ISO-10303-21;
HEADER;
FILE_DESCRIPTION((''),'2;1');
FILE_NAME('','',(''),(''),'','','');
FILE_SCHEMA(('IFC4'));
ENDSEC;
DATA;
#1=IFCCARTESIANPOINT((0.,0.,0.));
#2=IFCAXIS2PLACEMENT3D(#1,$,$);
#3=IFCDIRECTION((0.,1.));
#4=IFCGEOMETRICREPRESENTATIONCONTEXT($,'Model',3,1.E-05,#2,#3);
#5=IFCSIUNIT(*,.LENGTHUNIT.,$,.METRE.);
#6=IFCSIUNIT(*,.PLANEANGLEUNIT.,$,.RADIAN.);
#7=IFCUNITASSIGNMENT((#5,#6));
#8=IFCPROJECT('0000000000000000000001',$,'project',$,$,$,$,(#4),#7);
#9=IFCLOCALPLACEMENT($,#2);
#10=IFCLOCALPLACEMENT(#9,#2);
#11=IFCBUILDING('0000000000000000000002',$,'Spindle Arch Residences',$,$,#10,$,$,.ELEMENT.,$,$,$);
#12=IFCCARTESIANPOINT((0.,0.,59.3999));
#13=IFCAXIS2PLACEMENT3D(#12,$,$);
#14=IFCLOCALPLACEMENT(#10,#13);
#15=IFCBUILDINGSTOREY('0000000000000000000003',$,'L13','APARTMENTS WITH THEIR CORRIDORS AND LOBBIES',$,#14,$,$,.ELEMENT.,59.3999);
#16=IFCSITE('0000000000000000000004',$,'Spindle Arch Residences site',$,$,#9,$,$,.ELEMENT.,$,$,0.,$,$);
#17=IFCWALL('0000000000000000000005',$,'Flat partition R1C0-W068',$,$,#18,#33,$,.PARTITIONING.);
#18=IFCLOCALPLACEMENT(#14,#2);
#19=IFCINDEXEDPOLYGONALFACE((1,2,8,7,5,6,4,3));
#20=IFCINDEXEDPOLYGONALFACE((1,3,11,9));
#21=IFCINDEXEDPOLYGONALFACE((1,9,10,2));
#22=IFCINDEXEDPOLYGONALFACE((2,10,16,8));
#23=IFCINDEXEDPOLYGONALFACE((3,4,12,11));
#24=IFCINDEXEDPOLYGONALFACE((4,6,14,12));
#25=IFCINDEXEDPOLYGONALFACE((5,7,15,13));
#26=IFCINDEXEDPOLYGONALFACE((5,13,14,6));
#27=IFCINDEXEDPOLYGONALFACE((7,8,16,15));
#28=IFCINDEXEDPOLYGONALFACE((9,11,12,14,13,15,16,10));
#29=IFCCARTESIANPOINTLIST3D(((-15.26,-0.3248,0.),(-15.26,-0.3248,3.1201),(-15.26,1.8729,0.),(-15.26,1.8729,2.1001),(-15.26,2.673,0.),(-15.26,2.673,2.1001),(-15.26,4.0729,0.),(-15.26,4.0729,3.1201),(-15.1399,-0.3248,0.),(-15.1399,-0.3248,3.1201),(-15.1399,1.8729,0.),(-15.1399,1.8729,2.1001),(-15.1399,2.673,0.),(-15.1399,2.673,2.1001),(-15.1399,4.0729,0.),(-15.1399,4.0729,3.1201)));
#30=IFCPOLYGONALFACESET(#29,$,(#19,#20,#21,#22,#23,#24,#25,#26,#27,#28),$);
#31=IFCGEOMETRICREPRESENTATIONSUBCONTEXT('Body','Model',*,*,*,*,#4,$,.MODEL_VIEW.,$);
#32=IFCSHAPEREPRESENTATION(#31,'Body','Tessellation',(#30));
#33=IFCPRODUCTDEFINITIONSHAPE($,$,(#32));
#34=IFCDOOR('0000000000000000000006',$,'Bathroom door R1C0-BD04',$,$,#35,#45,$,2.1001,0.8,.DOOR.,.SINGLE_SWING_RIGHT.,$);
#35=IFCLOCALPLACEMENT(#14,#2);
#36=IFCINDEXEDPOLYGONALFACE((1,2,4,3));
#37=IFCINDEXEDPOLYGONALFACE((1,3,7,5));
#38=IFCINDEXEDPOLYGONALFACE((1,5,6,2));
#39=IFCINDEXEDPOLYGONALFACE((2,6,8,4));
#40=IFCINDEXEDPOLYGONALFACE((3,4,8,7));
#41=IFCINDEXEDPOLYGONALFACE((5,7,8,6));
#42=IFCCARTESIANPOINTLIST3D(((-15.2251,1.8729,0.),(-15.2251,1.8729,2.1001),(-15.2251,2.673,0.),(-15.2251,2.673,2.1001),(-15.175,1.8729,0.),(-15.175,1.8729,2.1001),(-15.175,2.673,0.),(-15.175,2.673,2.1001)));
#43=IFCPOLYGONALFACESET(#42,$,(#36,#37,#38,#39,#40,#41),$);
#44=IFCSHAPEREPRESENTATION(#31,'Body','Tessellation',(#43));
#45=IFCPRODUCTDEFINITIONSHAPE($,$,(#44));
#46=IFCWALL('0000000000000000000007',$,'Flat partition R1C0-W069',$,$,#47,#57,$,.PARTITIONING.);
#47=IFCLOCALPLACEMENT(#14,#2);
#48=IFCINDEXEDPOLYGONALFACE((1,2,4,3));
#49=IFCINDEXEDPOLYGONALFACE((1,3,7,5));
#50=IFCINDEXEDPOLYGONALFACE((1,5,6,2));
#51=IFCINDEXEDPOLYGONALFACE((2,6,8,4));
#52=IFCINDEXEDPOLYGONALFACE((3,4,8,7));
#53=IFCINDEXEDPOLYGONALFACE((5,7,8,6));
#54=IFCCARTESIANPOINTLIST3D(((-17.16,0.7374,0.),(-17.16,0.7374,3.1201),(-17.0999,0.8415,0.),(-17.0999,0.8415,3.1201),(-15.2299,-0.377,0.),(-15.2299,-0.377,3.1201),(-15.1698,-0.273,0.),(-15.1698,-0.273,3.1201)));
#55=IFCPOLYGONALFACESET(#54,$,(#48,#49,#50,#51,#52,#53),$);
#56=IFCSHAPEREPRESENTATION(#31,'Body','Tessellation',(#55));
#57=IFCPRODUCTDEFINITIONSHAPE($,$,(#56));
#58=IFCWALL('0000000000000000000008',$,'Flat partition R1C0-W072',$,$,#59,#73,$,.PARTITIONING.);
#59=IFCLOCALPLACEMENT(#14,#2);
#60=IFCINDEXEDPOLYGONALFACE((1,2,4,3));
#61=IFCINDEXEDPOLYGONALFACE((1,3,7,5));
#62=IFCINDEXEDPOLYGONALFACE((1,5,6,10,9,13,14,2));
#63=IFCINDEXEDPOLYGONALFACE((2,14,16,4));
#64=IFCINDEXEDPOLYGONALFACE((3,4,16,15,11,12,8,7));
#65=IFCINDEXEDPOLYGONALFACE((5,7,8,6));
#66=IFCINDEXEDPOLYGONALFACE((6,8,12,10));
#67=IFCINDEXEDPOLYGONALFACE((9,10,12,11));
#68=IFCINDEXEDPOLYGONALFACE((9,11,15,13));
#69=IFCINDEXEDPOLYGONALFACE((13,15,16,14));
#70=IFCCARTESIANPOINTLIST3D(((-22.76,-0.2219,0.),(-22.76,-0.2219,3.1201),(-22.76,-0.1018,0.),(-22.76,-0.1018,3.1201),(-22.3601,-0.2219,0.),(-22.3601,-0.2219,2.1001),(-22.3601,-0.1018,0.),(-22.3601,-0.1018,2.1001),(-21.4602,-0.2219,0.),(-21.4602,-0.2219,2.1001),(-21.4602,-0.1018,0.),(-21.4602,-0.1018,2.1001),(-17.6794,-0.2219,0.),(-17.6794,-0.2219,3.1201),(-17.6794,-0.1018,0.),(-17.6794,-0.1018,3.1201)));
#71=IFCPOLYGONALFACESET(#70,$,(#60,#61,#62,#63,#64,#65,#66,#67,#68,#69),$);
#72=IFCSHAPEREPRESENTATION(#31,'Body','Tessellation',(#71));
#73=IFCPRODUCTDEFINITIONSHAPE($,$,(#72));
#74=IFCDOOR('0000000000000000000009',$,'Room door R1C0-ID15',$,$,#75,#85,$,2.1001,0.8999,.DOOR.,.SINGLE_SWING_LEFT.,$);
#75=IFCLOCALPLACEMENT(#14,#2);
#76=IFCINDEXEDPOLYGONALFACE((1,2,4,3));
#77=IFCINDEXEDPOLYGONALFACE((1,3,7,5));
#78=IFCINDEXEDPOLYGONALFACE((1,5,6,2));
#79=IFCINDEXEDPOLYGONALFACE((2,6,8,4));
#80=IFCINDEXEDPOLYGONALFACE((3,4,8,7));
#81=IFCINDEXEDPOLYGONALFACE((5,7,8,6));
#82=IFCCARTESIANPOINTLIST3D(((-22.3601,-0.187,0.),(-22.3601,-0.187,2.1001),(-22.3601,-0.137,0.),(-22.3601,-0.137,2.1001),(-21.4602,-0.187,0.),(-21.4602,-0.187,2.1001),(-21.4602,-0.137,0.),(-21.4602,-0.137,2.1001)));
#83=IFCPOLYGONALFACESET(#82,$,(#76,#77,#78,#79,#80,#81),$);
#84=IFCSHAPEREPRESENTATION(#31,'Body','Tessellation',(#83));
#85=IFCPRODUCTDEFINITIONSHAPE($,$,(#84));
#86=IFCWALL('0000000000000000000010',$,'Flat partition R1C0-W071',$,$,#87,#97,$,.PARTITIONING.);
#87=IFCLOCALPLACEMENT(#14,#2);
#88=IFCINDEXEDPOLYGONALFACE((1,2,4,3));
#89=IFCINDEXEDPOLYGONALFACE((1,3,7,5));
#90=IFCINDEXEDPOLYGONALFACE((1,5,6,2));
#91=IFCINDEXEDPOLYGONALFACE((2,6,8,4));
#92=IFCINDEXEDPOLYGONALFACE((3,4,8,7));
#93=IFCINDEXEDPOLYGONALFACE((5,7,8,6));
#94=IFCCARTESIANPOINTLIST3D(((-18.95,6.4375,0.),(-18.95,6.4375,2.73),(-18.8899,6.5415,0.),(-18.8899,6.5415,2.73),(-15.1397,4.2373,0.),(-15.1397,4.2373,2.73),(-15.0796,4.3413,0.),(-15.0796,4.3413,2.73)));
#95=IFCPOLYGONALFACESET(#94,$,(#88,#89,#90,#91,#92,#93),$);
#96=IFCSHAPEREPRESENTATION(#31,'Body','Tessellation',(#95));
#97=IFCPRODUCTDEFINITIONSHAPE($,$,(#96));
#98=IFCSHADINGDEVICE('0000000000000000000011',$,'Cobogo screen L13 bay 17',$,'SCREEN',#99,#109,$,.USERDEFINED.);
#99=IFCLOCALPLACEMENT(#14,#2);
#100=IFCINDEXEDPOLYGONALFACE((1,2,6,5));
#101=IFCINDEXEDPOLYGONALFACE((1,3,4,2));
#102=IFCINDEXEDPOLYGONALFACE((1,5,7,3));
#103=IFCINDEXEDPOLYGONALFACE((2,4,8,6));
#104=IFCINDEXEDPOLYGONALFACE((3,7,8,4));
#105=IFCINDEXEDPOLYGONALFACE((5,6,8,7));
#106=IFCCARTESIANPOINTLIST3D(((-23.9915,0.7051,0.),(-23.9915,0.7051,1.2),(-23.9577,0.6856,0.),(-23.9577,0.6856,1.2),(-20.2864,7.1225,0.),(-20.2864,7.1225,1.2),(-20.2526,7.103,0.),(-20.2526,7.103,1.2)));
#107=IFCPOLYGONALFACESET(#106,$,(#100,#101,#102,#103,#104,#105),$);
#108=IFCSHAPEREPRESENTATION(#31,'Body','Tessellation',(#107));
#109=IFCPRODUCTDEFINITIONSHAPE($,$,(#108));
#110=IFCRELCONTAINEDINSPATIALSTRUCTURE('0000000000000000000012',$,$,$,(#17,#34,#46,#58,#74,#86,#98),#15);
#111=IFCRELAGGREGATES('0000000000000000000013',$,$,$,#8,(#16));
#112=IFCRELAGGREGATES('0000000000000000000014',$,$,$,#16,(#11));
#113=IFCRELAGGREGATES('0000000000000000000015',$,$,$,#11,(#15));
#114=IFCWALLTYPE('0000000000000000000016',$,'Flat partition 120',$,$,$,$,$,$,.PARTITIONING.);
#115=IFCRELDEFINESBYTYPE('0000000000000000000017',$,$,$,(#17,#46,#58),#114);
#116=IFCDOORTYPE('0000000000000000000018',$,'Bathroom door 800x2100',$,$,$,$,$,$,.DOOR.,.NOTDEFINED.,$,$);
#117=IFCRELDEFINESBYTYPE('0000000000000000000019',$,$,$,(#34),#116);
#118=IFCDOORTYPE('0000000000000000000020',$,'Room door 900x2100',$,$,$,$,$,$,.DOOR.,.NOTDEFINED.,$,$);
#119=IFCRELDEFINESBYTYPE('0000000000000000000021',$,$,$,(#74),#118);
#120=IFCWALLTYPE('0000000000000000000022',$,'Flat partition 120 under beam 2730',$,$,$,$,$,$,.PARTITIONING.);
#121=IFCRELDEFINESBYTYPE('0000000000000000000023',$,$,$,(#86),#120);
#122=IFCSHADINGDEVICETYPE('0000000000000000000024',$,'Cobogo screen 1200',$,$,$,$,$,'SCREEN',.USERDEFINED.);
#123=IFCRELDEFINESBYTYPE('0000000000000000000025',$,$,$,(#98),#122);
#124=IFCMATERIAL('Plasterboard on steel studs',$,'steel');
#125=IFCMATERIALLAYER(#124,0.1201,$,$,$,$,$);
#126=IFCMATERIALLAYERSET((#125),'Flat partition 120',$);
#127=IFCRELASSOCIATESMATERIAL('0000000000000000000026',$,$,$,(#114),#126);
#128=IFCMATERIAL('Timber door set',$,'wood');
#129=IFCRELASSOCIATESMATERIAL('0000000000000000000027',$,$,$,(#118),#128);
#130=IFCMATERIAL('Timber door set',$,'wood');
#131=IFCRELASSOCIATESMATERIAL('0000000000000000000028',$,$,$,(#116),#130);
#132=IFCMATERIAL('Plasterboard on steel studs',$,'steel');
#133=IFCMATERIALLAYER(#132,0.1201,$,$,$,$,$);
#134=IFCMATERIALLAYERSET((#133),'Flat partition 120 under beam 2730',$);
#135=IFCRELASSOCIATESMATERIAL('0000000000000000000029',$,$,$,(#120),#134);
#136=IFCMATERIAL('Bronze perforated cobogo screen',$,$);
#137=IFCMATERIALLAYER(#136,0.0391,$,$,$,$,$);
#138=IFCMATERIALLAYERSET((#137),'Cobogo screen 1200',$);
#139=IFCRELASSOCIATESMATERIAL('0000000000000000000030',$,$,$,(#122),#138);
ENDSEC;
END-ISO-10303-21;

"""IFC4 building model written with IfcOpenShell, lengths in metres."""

from ifc_helpers import new_model, si_unit, direction, frame, frame_2d, origin, origin_2d, place, context, subcontext, project, spatial, rectangle, extrude, material, layer, layer_set, type_object, element, fill, save


model = new_model("IFC4")

# Units and contexts
model_context = context("Model", 3, precision=1e-05, world=origin(), true_north=direction((0.0, 1.0)))
body_context = subcontext(model_context, "Body", "Model", "MODEL_VIEW")
ifc_project = project(units=[si_unit("LENGTHUNIT", "METRE"), si_unit("PLANEANGLEUNIT", "RADIAN")], contexts=[model_context])

# Site, building, storey
site_placement = place(None, origin())
site = spatial("IfcSite", under=ifc_project, at=site_placement, Name="Spindle Arch Residences site", CompositionType="ELEMENT", RefElevation=0.0)
building_placement = place(site_placement, origin())
building = spatial("IfcBuilding", under=site, at=building_placement, Name="Spindle Arch Residences", CompositionType="ELEMENT")
storey_placement = place(building_placement, frame((0.0, 0.0, 59.3999)))
storey = spatial("IfcBuildingStorey", under=building, at=storey_placement, Name="L13", Description="APARTMENTS WITH THEIR CORRIDORS AND LOBBIES", CompositionType="ELEMENT", Elevation=59.3999)

# Shared definitions
ifc_material_1 = material(Name="Plasterboard on steel studs", Category="steel")
ifc_layer_1 = layer(ifc_material_1, 0.1201)
ifc_layer_set_1 = layer_set([ifc_layer_1], Name="Flat partition 120")
wall_type_1 = type_object("IfcWallType", Name="Flat partition 120", PredefinedType="PARTITIONING", material=ifc_layer_set_1)
ifc_material_2 = material(Name="Timber door set", Category="wood")
door_type_1 = type_object("IfcDoorType", Name="Room door 900x2100", OperationType="NOTDEFINED", PredefinedType="DOOR", material=ifc_material_2)

# Wall, opening, door
wall_1_placement = place(storey_placement, frame((-15.2, 4.0728, 0.0), z_axis=(0.0, 0.0, 1.0), x_axis=(0.0, -1.0, 0.0)))
wall_1 = element("IfcWall", 1, at=wall_1_placement, inside=storey, type_object=wall_type_1, Name="Flat partition R1C0-W068", PredefinedType="PARTITIONING", context=body_context, shape_type="SweptSolid", body=[
    extrude(rectangle(XDim=4.3977, YDim=0.1201, at=frame_2d((2.1987, 0.0))), origin(), (0.0, 0.0, 1.0), 3.1201),
])
opening_1_placement = place(wall_1_placement, frame((1.3999, 0.0, 0.0)))
opening_1 = element("IfcOpeningElement", 2, at=opening_1_placement, cuts=wall_1, PredefinedType="OPENING", context=body_context, shape_type="SweptSolid", body=[
    extrude(rectangle(XDim=0.8, YDim=2.1001, at=frame_2d((0.3999, 1.05))), frame((0.0, 0.0701, 0.0), z_axis=(0.0, -1.0, 0.0), x_axis=(1.0, 0.0, 0.0)), (0.0, 0.0, 1.0), 0.1401),
])
ifc_material_3 = material(Name="Timber door set", Category="wood")
door_type_2 = type_object("IfcDoorType", Name="Bathroom door 800x2100", OperationType="NOTDEFINED", PredefinedType="DOOR", material=ifc_material_3)
door_1_placement = place(opening_1_placement, origin())
door_1 = element("IfcDoor", 3, at=door_1_placement, inside=storey, type_object=door_type_2, Name="Bathroom door R1C0-BD04", OperationType="SINGLE_SWING_RIGHT", OverallHeight=2.1001, OverallWidth=0.8, PredefinedType="DOOR", context=body_context, shape_type="SweptSolid", body=[
    extrude(rectangle(XDim=0.8, YDim=2.1001, at=frame_2d((0.3999, 1.05))), frame((0.0, 0.0249, 0.0), z_axis=(0.0, -1.0, 0.0), x_axis=(1.0, 0.0, 0.0)), (0.0, 0.0, 1.0), 0.05),
])
fill(opening_1, door_1)

# Wall
wall_2_placement = place(storey_placement, frame((-15.2, -0.325, 0.0), z_axis=(0.0, 0.0, 1.0), x_axis=(-0.866003, 0.500039, 0.0)))
element("IfcWall", 4, at=wall_2_placement, inside=storey, type_object=wall_type_1, Name="Flat partition R1C0-W069", PredefinedType="PARTITIONING", context=body_context, shape_type="SweptSolid", body=[
    extrude(rectangle(XDim=2.2288, YDim=0.1201, at=frame_2d((1.1143, 0.0))), origin(), (0.0, 0.0, 1.0), 3.1201),
])

# Wall, opening, door
wall_3_placement = place(storey_placement, frame((-22.76, -0.1619, 0.0), z_axis=(0.0, 0.0, 1.0), x_axis=(1.0, 0.0, 0.0)))
wall_3 = element("IfcWall", 5, at=wall_3_placement, inside=storey, type_object=wall_type_1, Name="Flat partition R1C0-W072", PredefinedType="PARTITIONING", context=body_context, shape_type="SweptSolid", body=[
    extrude(rectangle(XDim=5.0806, YDim=0.1201, at=frame_2d((2.5403, 0.0))), origin(), (0.0, 0.0, 1.0), 3.1201),
])
opening_2_placement = place(wall_3_placement, frame((0.3999, 0.0, 0.0)))
opening_2 = element("IfcOpeningElement", 6, at=opening_2_placement, cuts=wall_3, PredefinedType="OPENING", context=body_context, shape_type="SweptSolid", body=[
    extrude(rectangle(XDim=0.8999, YDim=2.1001, at=frame_2d((0.45, 1.05))), frame((0.0, 0.0701, 0.0), z_axis=(0.0, -1.0, 0.0), x_axis=(1.0, 0.0, 0.0)), (0.0, 0.0, 1.0), 0.1401),
])
door_2_placement = place(opening_2_placement, origin())
door_2 = element("IfcDoor", 7, at=door_2_placement, inside=storey, type_object=door_type_1, Name="Room door R1C0-ID15", OperationType="SINGLE_SWING_LEFT", OverallHeight=2.1001, OverallWidth=0.8999, PredefinedType="DOOR", context=body_context, shape_type="SweptSolid", body=[
    extrude(rectangle(XDim=0.8999, YDim=2.1001, at=frame_2d((0.45, 1.05))), frame((0.0, 0.0249, 0.0), z_axis=(0.0, -1.0, 0.0), x_axis=(1.0, 0.0, 0.0)), (0.0, 0.0, 1.0), 0.05),
])
fill(opening_2, door_2)

# Wall
ifc_material_4 = material(Name="Plasterboard on steel studs", Category="steel")
ifc_layer_2 = layer(ifc_material_4, 0.1201)
ifc_layer_set_2 = layer_set([ifc_layer_2], Name="Flat partition 120 under beam 2730")
wall_type_2 = type_object("IfcWallType", Name="Flat partition 120 under beam 2730", PredefinedType="PARTITIONING", material=ifc_layer_set_2)
wall_4_placement = place(storey_placement, frame((-18.9199, 6.4895, 0.0), z_axis=(0.0, 0.0, 1.0), x_axis=(0.865994, -0.500054, 0.0)))
element("IfcWall", 8, at=wall_4_placement, inside=storey, type_object=wall_type_2, Name="Flat partition R1C0-W071", PredefinedType="PARTITIONING", context=body_context, shape_type="SweptSolid", body=[
    extrude(rectangle(XDim=4.3999, YDim=0.1201, at=frame_2d((2.2, 0.0))), origin(), (0.0, 0.0, 1.0), 2.73),
])

# Shading device
ifc_material_5 = material(Name="Bronze perforated cobogo screen")
ifc_layer_3 = layer(ifc_material_5, 0.0391)
ifc_layer_set_3 = layer_set([ifc_layer_3], Name="Cobogo screen 1200")
shading_device_type = type_object("IfcShadingDeviceType", Name="Cobogo screen 1200", ElementType="SCREEN", PredefinedType="USERDEFINED", material=ifc_layer_set_3)
shading_device_placement = place(storey_placement, frame((-22.1221, 3.9041, 0.0), z_axis=(0.0, 0.0, 1.0), x_axis=(-0.5, -0.866025, 0.0)))
element("IfcShadingDevice", 9, at=shading_device_placement, inside=storey, type_object=shading_device_type, Name="Cobogo screen L13 bay 17", ObjectType="SCREEN", PredefinedType="USERDEFINED", context=body_context, shape_type="SweptSolid", body=[
    extrude(rectangle(XDim=7.4102, YDim=0.0391, at=origin_2d()), origin(), (0.0, 0.0, 1.0), 1.2),
])

save(model, "model.ifc")
